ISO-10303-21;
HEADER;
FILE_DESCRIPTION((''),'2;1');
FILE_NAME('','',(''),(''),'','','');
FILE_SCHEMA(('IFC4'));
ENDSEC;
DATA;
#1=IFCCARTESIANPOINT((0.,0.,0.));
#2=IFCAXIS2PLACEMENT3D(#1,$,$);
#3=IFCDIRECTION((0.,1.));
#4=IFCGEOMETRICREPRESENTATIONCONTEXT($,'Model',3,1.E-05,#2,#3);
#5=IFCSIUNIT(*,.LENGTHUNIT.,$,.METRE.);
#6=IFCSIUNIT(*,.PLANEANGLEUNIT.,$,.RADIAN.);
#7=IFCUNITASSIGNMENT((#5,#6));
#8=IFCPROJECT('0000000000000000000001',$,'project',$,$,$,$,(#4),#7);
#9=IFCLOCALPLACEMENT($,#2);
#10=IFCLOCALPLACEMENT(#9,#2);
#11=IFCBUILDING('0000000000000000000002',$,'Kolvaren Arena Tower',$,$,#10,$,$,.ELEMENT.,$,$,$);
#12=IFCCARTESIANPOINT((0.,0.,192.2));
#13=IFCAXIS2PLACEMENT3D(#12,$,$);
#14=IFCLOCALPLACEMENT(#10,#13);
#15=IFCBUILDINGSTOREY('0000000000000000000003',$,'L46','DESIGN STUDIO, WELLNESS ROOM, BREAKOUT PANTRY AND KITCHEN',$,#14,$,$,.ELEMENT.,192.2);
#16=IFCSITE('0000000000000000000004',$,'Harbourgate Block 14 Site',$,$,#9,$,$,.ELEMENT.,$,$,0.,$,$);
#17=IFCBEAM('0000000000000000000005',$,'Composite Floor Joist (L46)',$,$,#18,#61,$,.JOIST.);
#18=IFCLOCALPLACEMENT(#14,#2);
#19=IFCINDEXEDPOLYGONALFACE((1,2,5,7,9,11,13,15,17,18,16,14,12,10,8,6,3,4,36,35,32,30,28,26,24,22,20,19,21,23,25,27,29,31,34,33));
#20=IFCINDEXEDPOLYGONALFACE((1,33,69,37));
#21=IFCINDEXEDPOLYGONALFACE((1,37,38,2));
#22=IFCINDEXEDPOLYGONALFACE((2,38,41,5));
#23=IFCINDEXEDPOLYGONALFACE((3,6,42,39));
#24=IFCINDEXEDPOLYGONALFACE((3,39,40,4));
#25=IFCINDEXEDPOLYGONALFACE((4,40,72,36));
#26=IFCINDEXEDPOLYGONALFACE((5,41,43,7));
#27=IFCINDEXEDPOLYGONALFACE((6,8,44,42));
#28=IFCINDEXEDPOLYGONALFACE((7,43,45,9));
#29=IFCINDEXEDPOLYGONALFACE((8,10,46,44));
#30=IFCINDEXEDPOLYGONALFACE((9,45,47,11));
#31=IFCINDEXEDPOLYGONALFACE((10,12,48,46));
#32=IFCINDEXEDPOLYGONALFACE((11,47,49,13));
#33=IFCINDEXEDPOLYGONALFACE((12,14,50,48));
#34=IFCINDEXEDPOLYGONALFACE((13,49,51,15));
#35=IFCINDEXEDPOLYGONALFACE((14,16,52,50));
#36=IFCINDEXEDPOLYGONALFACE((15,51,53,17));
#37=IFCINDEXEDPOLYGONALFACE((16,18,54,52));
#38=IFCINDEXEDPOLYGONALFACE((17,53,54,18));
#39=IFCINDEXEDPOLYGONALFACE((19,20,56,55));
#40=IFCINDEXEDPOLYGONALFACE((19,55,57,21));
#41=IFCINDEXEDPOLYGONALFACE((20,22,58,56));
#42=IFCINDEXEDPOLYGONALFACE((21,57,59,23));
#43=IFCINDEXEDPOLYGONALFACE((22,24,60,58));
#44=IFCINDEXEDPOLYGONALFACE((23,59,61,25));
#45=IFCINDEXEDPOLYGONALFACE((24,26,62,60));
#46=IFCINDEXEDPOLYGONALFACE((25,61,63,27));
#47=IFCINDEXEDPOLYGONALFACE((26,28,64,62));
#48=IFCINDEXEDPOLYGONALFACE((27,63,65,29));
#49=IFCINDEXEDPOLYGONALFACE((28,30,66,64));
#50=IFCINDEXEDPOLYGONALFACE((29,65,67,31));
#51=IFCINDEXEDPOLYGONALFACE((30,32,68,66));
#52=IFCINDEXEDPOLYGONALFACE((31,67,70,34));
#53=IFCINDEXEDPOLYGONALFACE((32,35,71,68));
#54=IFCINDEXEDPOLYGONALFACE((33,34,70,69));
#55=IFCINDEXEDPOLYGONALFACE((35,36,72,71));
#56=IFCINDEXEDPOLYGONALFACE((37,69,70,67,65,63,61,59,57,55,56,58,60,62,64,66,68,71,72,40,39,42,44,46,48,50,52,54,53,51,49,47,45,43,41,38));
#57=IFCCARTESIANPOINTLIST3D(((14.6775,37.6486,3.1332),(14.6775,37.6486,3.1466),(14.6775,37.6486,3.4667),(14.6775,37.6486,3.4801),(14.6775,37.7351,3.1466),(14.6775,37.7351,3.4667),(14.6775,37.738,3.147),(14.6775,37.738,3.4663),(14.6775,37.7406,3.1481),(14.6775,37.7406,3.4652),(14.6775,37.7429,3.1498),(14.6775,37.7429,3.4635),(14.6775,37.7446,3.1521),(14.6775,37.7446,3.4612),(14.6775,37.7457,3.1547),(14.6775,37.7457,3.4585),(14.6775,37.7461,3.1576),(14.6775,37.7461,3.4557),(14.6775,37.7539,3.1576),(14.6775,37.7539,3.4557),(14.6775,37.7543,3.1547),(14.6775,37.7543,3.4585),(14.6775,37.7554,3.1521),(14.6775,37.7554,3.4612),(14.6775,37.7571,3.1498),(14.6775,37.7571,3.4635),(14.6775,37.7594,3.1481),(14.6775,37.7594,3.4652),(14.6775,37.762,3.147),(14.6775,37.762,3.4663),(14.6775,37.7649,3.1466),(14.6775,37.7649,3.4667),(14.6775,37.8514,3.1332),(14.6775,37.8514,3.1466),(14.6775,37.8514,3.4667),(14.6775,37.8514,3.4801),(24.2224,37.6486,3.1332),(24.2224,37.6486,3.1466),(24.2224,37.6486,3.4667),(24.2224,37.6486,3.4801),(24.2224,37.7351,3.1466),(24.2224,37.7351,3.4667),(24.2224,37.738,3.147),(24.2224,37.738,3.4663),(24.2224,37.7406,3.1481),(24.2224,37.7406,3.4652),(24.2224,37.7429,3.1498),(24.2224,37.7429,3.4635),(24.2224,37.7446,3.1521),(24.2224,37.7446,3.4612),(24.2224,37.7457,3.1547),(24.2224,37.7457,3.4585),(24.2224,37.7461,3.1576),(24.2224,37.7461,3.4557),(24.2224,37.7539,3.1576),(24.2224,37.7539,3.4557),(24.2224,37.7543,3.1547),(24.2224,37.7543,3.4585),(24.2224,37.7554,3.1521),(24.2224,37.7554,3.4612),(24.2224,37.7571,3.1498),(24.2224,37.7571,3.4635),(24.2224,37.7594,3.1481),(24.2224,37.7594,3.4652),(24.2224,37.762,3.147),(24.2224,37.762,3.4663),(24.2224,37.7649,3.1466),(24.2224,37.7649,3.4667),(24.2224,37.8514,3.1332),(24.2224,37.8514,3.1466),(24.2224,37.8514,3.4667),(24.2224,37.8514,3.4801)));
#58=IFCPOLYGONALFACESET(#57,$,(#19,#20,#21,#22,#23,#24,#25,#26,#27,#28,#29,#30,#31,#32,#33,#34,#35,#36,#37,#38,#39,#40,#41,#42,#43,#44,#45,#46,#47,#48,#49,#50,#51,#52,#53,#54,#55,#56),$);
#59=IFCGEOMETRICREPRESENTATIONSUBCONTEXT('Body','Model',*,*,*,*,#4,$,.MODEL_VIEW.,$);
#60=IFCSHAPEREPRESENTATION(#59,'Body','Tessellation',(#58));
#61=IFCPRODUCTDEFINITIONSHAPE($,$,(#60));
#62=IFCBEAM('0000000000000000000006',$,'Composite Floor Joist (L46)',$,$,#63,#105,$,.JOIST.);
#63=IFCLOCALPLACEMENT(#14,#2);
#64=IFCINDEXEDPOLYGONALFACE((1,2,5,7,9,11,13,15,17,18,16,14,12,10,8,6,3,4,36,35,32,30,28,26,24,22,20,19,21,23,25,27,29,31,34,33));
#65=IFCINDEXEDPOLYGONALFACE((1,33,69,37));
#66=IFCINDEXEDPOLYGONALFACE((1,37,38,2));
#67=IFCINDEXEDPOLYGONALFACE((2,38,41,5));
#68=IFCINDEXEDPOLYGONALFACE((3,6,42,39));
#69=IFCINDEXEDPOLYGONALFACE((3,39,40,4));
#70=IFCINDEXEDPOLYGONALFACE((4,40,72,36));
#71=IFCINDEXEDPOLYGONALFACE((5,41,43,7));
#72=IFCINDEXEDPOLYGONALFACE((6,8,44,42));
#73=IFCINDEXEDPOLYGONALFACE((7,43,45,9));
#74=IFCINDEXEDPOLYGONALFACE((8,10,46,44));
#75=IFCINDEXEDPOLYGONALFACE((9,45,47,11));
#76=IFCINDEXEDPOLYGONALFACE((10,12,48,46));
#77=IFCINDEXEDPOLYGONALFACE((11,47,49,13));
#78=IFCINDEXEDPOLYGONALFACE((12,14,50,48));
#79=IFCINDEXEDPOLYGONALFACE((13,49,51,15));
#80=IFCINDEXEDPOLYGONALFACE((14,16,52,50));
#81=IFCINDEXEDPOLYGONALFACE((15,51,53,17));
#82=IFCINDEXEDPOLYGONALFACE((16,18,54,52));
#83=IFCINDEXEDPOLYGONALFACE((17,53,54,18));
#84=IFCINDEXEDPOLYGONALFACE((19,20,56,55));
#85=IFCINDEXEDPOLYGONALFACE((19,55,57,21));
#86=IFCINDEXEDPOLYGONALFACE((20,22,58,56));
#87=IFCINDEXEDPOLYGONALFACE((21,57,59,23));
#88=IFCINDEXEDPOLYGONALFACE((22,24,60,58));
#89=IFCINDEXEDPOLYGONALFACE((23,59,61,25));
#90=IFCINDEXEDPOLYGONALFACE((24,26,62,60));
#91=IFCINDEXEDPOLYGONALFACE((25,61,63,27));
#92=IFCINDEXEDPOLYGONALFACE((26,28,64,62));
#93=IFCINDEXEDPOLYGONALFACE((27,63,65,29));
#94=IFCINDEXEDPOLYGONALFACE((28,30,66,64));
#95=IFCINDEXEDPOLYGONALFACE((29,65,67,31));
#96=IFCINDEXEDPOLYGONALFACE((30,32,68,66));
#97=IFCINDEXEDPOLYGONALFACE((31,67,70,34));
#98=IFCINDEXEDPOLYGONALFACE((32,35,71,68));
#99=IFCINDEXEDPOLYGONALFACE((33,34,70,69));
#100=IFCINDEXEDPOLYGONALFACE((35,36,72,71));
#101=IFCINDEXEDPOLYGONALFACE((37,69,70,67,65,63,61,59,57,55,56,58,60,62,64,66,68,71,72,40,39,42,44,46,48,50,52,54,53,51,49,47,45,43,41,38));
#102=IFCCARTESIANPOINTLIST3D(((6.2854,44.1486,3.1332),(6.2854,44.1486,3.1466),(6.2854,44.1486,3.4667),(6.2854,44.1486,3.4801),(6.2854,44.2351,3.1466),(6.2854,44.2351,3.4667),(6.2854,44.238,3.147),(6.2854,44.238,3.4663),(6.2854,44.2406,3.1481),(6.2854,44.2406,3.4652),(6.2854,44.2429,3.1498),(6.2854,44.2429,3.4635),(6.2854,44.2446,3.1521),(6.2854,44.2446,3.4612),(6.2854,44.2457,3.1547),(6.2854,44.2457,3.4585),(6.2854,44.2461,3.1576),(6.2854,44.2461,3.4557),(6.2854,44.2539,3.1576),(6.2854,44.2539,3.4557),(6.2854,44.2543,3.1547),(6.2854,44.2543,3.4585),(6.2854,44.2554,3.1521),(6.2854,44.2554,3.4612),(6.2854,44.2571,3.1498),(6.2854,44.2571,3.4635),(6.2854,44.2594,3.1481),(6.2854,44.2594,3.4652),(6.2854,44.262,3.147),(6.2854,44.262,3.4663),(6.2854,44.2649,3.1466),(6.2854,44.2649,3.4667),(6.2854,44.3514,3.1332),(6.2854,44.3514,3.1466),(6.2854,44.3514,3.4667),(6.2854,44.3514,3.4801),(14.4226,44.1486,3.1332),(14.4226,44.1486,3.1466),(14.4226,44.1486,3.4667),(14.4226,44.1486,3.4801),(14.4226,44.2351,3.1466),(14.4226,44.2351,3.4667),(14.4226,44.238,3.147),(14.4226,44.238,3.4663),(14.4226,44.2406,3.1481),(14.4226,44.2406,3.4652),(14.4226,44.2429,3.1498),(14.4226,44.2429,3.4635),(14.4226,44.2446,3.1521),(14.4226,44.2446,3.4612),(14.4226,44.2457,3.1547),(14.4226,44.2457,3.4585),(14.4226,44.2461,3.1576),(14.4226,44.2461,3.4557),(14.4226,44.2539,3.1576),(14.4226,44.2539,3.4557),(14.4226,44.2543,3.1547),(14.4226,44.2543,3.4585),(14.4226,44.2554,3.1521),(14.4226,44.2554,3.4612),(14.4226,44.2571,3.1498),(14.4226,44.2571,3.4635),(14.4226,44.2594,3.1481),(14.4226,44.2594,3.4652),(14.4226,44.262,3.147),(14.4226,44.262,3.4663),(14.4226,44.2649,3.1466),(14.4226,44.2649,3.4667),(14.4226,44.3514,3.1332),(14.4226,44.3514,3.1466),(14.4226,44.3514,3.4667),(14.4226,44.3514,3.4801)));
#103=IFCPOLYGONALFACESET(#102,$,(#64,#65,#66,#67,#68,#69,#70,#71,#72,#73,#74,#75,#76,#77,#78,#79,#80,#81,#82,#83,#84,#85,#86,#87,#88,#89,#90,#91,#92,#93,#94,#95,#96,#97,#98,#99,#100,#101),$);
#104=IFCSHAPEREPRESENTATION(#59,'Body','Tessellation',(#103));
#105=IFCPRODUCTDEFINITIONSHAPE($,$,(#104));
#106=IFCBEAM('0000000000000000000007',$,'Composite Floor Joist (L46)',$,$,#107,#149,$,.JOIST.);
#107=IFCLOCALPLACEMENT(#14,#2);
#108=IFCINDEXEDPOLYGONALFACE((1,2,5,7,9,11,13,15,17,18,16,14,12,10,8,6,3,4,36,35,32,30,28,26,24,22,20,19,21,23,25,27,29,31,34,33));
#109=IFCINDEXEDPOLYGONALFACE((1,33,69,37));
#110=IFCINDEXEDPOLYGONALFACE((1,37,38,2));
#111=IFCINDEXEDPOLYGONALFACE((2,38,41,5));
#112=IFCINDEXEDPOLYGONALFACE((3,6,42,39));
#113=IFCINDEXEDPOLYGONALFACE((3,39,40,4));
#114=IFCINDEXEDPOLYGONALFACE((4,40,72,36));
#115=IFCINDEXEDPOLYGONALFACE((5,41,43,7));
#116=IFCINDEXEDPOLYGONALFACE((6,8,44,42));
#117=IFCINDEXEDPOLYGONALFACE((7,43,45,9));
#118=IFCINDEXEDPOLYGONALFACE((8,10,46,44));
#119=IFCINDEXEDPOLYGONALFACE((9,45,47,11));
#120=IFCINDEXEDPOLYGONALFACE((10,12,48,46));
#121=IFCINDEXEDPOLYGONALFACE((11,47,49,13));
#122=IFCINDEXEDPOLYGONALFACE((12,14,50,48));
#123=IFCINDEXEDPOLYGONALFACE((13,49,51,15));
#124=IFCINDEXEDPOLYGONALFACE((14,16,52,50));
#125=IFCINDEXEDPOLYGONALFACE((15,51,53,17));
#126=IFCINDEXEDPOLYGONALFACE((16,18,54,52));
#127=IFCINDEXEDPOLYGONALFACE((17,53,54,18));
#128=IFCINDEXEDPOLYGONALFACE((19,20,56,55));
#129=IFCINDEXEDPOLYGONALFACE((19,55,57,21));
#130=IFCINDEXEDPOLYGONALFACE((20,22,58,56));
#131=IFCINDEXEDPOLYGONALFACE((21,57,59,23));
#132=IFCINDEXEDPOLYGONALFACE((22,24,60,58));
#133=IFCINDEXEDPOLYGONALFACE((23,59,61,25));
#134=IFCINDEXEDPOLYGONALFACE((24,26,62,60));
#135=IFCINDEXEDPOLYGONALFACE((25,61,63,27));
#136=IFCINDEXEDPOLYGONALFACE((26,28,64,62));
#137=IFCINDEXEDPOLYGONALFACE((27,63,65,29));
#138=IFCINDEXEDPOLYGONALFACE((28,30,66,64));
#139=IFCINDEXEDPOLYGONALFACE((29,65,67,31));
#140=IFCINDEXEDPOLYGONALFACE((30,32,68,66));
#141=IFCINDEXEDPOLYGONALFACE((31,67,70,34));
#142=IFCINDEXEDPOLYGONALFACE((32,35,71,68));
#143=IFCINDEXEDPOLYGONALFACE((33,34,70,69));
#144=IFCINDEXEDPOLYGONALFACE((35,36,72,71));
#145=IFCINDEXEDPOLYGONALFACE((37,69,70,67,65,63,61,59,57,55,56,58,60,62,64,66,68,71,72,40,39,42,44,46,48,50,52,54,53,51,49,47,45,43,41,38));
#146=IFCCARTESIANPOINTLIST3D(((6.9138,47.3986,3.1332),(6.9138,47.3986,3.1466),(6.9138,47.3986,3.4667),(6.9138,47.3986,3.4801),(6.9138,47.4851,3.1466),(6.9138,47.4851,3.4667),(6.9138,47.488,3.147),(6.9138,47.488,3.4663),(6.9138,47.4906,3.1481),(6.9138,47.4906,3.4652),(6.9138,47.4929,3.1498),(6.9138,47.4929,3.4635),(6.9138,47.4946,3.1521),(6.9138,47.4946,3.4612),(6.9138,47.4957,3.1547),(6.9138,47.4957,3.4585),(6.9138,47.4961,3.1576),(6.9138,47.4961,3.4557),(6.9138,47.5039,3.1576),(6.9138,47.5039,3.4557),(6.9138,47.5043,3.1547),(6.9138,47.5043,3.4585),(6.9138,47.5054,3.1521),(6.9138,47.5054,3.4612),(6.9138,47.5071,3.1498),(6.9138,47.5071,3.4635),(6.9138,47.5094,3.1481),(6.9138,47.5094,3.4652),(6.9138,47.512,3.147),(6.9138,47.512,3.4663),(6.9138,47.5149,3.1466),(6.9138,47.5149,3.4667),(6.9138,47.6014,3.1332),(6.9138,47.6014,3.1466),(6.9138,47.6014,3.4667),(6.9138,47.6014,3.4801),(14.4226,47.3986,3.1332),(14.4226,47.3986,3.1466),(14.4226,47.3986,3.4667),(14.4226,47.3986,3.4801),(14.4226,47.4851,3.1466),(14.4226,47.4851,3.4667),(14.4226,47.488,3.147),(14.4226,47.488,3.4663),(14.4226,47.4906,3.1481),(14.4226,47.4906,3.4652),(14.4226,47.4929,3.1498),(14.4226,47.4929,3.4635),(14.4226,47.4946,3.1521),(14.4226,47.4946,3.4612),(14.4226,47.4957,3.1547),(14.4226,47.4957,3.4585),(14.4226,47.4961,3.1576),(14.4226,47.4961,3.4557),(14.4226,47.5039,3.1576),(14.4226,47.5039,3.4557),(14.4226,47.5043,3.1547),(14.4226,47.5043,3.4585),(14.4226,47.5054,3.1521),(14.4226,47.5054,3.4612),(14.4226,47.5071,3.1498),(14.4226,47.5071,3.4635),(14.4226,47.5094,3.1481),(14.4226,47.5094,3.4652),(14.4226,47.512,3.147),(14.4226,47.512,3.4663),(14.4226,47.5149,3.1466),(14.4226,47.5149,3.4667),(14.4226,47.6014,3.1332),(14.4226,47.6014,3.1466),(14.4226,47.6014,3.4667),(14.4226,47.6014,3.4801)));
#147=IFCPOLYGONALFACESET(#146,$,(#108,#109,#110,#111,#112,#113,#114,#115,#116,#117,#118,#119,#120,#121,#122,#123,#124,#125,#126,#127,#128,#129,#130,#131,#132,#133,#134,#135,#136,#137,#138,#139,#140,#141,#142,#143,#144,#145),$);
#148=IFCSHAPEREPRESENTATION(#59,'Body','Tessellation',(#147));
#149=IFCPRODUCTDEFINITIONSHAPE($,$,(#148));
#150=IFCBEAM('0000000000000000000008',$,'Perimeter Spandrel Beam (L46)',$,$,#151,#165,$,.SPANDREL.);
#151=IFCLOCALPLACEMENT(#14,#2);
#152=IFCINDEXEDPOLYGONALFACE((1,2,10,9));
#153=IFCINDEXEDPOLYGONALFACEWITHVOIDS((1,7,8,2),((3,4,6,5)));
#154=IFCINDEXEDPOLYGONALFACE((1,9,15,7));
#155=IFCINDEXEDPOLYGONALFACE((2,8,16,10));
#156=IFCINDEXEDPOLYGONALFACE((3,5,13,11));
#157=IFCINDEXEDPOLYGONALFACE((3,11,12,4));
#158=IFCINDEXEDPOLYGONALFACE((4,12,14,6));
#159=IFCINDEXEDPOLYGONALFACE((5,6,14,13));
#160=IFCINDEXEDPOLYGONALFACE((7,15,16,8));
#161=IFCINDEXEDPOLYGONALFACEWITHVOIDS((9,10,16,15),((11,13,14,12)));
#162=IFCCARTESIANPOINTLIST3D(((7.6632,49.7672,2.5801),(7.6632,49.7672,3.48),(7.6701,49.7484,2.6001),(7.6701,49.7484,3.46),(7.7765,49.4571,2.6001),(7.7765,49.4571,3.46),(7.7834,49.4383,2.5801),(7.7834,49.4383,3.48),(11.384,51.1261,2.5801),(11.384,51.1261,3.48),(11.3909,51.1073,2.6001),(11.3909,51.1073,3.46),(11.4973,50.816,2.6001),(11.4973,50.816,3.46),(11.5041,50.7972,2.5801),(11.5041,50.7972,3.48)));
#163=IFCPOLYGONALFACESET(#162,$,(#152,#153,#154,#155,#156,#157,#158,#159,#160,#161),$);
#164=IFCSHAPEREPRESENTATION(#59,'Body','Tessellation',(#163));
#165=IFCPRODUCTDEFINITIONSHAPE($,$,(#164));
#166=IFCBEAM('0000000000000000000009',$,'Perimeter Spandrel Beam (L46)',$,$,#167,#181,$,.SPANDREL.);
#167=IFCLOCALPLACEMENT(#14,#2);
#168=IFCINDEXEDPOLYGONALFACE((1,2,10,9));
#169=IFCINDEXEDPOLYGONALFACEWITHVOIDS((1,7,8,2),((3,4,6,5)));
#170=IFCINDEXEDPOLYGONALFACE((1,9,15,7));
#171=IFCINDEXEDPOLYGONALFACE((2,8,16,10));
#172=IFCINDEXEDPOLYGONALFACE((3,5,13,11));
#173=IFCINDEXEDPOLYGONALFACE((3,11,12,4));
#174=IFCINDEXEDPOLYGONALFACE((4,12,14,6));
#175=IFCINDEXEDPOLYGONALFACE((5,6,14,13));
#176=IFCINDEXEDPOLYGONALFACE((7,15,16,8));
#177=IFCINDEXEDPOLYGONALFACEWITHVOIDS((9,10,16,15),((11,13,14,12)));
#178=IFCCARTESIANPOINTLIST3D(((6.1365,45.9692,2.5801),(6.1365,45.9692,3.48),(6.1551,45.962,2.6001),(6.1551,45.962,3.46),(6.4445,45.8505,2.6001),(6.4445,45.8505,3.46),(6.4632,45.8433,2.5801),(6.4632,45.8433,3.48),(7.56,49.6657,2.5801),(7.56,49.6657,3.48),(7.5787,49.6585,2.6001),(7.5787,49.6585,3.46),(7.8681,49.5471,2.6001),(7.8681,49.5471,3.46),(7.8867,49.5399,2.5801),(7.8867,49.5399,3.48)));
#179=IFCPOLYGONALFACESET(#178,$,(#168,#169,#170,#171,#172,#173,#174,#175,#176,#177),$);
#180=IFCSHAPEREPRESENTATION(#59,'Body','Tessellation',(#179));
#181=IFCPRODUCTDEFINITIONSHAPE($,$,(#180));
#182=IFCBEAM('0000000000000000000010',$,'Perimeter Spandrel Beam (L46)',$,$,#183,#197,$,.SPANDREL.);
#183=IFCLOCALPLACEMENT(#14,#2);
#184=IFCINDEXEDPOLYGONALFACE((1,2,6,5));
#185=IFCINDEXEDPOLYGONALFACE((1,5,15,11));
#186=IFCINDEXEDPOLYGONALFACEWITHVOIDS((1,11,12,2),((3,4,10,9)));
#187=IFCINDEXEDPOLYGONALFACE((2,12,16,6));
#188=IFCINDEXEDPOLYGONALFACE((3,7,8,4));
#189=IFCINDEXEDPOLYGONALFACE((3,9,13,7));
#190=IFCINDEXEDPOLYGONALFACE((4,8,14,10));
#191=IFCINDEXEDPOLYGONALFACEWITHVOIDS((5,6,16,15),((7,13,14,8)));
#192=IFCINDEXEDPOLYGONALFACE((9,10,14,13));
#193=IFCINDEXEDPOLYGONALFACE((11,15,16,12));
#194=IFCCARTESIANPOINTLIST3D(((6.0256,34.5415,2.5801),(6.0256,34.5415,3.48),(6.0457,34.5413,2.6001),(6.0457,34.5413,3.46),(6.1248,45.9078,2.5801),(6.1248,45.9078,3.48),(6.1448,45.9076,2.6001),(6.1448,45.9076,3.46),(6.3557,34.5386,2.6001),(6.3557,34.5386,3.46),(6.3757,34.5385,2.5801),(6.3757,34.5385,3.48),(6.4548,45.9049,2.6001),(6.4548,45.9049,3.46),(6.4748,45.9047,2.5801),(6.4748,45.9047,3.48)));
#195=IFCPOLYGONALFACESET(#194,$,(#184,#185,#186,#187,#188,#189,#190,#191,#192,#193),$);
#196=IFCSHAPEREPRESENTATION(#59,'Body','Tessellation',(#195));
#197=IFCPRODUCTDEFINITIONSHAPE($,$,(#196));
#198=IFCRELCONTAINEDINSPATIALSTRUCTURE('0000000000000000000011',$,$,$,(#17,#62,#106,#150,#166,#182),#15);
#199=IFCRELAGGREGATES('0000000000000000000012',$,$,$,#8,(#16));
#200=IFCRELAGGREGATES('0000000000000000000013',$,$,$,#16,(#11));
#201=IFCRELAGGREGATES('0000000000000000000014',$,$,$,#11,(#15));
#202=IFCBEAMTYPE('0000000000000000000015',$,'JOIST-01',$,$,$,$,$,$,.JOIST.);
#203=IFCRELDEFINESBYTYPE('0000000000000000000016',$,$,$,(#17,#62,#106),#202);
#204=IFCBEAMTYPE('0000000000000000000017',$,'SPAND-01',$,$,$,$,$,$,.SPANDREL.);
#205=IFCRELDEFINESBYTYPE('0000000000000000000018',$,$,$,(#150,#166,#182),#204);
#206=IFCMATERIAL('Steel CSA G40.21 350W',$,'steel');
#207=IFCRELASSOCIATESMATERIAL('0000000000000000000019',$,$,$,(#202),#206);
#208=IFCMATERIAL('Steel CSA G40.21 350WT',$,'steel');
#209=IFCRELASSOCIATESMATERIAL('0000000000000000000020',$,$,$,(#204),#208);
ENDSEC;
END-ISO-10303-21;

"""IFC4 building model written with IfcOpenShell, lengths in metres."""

from ifc_helpers import new_model, si_unit, direction, frame, origin, origin_2d, place, context, subcontext, project, spatial, hollow_rectangle, i_section, extrude, material, material_profile, profile_set, type_object, element, save


model = new_model("IFC4")

# Units and contexts
model_context = context("Model", 3, precision=1e-05, world=origin(), true_north=direction((0.0, 1.0)))
body_context = subcontext(model_context, "Body", "Model", "MODEL_VIEW")
ifc_project = project(units=[si_unit("LENGTHUNIT", "METRE"), si_unit("PLANEANGLEUNIT", "RADIAN")], contexts=[model_context])

# Site, building, storey
site_placement = place(None, origin())
site = spatial("IfcSite", under=ifc_project, at=site_placement, Name="Harbourgate Block 14 Site", CompositionType="ELEMENT", RefElevation=0.0)
building_placement = place(site_placement, origin())
building = spatial("IfcBuilding", under=site, at=building_placement, Name="Kolvaren Arena Tower", CompositionType="ELEMENT")
storey_placement = place(building_placement, frame((0.0, 0.0, 192.2)))
storey = spatial("IfcBuildingStorey", under=building, at=storey_placement, Name="L46", Description="DESIGN STUDIO, WELLNESS ROOM, BREAKOUT PANTRY AND KITCHEN", CompositionType="ELEMENT", Elevation=192.2)

# Beams
ifc_material_1 = material(Name="Steel CSA G40.21 350W", Category="steel")
ifc_material_profile_1 = material_profile(ifc_material_1, i_section(OverallWidth=0.2029, OverallDepth=0.3469, WebThickness=0.0078, FlangeThickness=0.0134, FilletRadius=0.011, at=origin_2d()), Name="W360x64")
ifc_profile_set_1 = profile_set([ifc_material_profile_1], Name="Steel CSA G40.21 350W")
beam_type_1 = type_object("IfcBeamType", Name="JOIST-01", PredefinedType="JOIST", material=ifc_profile_set_1)
beam_1_placement = place(storey_placement, frame((14.6775, 37.75, 3.3066), z_axis=(1.0, 0.0, 0.0), x_axis=(0.0, 1.0, 0.0)))
element("IfcBeam", 1, at=beam_1_placement, inside=storey, type_object=beam_type_1, Name="Composite Floor Joist (L46)", PredefinedType="JOIST", context=body_context, shape_type="SweptSolid", body=[
    extrude(i_section(OverallWidth=0.2029, OverallDepth=0.3469, WebThickness=0.0078, FlangeThickness=0.0134, FilletRadius=0.011, at=origin_2d()), origin(), (0.0, 0.0, 1.0), 9.5449),
])
beam_2_placement = place(storey_placement, frame((6.2854, 44.25, 3.3066), z_axis=(1.0, 0.0, 0.0), x_axis=(0.0, 1.0, 0.0)))
element("IfcBeam", 2, at=beam_2_placement, inside=storey, type_object=beam_type_1, Name="Composite Floor Joist (L46)", PredefinedType="JOIST", context=body_context, shape_type="SweptSolid", body=[
    extrude(i_section(OverallWidth=0.2029, OverallDepth=0.3469, WebThickness=0.0078, FlangeThickness=0.0134, FilletRadius=0.011, at=origin_2d()), origin(), (0.0, 0.0, 1.0), 8.1372),
])
beam_3_placement = place(storey_placement, frame((6.9138, 47.5, 3.3066), z_axis=(1.0, 0.0, 0.0), x_axis=(0.0, 1.0, 0.0)))
element("IfcBeam", 3, at=beam_3_placement, inside=storey, type_object=beam_type_1, Name="Composite Floor Joist (L46)", PredefinedType="JOIST", context=body_context, shape_type="SweptSolid", body=[
    extrude(i_section(OverallWidth=0.2029, OverallDepth=0.3469, WebThickness=0.0078, FlangeThickness=0.0134, FilletRadius=0.011, at=origin_2d()), origin(), (0.0, 0.0, 1.0), 7.5088),
])
ifc_material_2 = material(Name="Steel CSA G40.21 350WT", Category="steel")
ifc_material_profile_2 = material_profile(ifc_material_2, hollow_rectangle(XDim=0.3501, YDim=0.8999, WallThickness=0.02, at=origin_2d()), Name="HSS 900x350x20")
ifc_profile_set_2 = profile_set([ifc_material_profile_2], Name="Steel CSA G40.21 350WT")
beam_type_2 = type_object("IfcBeamType", Name="SPAND-01", PredefinedType="SPANDREL", material=ifc_profile_set_2)
for number, where, z_axis, x_axis, name in (
    (4, (11.4441, 50.9617, 3.03), (-0.939314, -0.343059, 0.0), (0.343059, -0.939314, 0.0), "Perimeter Spandrel Beam (L46)"),
    (5, (7.7234, 49.6028, 3.03), (-0.359384, -0.93319, 0.0), (0.93319, -0.359384, 0.0), "Perimeter Spandrel Beam (L46)"),
):
    element("IfcBeam", number, at=place(storey_placement, frame(where, z_axis=z_axis, x_axis=x_axis)), inside=storey, type_object=beam_type_2, Name=name, PredefinedType="SPANDREL", context=body_context, shape_type="SweptSolid", body=[
        extrude(hollow_rectangle(XDim=0.3501, YDim=0.8999, WallThickness=0.02, at=origin_2d()), origin(), (0.0, 0.0, 1.0), 3.9612),
    ])
for number, where, z_axis, x_axis, name in (
    (6, (6.2998, 45.9062, 3.03), (-0.00872, -0.999962, 0.0), (0.999962, -0.00872, 0.0), "Perimeter Spandrel Beam (L46)"),
):
    element("IfcBeam", number, at=place(storey_placement, frame(where, z_axis=z_axis, x_axis=x_axis)), inside=storey, type_object=beam_type_2, Name=name, PredefinedType="SPANDREL", context=body_context, shape_type="SweptSolid", body=[
        extrude(hollow_rectangle(XDim=0.3501, YDim=0.8999, WallThickness=0.02, at=origin_2d()), origin(), (0.0, 0.0, 1.0), 11.3667),
    ])

save(model, "model.ifc")
